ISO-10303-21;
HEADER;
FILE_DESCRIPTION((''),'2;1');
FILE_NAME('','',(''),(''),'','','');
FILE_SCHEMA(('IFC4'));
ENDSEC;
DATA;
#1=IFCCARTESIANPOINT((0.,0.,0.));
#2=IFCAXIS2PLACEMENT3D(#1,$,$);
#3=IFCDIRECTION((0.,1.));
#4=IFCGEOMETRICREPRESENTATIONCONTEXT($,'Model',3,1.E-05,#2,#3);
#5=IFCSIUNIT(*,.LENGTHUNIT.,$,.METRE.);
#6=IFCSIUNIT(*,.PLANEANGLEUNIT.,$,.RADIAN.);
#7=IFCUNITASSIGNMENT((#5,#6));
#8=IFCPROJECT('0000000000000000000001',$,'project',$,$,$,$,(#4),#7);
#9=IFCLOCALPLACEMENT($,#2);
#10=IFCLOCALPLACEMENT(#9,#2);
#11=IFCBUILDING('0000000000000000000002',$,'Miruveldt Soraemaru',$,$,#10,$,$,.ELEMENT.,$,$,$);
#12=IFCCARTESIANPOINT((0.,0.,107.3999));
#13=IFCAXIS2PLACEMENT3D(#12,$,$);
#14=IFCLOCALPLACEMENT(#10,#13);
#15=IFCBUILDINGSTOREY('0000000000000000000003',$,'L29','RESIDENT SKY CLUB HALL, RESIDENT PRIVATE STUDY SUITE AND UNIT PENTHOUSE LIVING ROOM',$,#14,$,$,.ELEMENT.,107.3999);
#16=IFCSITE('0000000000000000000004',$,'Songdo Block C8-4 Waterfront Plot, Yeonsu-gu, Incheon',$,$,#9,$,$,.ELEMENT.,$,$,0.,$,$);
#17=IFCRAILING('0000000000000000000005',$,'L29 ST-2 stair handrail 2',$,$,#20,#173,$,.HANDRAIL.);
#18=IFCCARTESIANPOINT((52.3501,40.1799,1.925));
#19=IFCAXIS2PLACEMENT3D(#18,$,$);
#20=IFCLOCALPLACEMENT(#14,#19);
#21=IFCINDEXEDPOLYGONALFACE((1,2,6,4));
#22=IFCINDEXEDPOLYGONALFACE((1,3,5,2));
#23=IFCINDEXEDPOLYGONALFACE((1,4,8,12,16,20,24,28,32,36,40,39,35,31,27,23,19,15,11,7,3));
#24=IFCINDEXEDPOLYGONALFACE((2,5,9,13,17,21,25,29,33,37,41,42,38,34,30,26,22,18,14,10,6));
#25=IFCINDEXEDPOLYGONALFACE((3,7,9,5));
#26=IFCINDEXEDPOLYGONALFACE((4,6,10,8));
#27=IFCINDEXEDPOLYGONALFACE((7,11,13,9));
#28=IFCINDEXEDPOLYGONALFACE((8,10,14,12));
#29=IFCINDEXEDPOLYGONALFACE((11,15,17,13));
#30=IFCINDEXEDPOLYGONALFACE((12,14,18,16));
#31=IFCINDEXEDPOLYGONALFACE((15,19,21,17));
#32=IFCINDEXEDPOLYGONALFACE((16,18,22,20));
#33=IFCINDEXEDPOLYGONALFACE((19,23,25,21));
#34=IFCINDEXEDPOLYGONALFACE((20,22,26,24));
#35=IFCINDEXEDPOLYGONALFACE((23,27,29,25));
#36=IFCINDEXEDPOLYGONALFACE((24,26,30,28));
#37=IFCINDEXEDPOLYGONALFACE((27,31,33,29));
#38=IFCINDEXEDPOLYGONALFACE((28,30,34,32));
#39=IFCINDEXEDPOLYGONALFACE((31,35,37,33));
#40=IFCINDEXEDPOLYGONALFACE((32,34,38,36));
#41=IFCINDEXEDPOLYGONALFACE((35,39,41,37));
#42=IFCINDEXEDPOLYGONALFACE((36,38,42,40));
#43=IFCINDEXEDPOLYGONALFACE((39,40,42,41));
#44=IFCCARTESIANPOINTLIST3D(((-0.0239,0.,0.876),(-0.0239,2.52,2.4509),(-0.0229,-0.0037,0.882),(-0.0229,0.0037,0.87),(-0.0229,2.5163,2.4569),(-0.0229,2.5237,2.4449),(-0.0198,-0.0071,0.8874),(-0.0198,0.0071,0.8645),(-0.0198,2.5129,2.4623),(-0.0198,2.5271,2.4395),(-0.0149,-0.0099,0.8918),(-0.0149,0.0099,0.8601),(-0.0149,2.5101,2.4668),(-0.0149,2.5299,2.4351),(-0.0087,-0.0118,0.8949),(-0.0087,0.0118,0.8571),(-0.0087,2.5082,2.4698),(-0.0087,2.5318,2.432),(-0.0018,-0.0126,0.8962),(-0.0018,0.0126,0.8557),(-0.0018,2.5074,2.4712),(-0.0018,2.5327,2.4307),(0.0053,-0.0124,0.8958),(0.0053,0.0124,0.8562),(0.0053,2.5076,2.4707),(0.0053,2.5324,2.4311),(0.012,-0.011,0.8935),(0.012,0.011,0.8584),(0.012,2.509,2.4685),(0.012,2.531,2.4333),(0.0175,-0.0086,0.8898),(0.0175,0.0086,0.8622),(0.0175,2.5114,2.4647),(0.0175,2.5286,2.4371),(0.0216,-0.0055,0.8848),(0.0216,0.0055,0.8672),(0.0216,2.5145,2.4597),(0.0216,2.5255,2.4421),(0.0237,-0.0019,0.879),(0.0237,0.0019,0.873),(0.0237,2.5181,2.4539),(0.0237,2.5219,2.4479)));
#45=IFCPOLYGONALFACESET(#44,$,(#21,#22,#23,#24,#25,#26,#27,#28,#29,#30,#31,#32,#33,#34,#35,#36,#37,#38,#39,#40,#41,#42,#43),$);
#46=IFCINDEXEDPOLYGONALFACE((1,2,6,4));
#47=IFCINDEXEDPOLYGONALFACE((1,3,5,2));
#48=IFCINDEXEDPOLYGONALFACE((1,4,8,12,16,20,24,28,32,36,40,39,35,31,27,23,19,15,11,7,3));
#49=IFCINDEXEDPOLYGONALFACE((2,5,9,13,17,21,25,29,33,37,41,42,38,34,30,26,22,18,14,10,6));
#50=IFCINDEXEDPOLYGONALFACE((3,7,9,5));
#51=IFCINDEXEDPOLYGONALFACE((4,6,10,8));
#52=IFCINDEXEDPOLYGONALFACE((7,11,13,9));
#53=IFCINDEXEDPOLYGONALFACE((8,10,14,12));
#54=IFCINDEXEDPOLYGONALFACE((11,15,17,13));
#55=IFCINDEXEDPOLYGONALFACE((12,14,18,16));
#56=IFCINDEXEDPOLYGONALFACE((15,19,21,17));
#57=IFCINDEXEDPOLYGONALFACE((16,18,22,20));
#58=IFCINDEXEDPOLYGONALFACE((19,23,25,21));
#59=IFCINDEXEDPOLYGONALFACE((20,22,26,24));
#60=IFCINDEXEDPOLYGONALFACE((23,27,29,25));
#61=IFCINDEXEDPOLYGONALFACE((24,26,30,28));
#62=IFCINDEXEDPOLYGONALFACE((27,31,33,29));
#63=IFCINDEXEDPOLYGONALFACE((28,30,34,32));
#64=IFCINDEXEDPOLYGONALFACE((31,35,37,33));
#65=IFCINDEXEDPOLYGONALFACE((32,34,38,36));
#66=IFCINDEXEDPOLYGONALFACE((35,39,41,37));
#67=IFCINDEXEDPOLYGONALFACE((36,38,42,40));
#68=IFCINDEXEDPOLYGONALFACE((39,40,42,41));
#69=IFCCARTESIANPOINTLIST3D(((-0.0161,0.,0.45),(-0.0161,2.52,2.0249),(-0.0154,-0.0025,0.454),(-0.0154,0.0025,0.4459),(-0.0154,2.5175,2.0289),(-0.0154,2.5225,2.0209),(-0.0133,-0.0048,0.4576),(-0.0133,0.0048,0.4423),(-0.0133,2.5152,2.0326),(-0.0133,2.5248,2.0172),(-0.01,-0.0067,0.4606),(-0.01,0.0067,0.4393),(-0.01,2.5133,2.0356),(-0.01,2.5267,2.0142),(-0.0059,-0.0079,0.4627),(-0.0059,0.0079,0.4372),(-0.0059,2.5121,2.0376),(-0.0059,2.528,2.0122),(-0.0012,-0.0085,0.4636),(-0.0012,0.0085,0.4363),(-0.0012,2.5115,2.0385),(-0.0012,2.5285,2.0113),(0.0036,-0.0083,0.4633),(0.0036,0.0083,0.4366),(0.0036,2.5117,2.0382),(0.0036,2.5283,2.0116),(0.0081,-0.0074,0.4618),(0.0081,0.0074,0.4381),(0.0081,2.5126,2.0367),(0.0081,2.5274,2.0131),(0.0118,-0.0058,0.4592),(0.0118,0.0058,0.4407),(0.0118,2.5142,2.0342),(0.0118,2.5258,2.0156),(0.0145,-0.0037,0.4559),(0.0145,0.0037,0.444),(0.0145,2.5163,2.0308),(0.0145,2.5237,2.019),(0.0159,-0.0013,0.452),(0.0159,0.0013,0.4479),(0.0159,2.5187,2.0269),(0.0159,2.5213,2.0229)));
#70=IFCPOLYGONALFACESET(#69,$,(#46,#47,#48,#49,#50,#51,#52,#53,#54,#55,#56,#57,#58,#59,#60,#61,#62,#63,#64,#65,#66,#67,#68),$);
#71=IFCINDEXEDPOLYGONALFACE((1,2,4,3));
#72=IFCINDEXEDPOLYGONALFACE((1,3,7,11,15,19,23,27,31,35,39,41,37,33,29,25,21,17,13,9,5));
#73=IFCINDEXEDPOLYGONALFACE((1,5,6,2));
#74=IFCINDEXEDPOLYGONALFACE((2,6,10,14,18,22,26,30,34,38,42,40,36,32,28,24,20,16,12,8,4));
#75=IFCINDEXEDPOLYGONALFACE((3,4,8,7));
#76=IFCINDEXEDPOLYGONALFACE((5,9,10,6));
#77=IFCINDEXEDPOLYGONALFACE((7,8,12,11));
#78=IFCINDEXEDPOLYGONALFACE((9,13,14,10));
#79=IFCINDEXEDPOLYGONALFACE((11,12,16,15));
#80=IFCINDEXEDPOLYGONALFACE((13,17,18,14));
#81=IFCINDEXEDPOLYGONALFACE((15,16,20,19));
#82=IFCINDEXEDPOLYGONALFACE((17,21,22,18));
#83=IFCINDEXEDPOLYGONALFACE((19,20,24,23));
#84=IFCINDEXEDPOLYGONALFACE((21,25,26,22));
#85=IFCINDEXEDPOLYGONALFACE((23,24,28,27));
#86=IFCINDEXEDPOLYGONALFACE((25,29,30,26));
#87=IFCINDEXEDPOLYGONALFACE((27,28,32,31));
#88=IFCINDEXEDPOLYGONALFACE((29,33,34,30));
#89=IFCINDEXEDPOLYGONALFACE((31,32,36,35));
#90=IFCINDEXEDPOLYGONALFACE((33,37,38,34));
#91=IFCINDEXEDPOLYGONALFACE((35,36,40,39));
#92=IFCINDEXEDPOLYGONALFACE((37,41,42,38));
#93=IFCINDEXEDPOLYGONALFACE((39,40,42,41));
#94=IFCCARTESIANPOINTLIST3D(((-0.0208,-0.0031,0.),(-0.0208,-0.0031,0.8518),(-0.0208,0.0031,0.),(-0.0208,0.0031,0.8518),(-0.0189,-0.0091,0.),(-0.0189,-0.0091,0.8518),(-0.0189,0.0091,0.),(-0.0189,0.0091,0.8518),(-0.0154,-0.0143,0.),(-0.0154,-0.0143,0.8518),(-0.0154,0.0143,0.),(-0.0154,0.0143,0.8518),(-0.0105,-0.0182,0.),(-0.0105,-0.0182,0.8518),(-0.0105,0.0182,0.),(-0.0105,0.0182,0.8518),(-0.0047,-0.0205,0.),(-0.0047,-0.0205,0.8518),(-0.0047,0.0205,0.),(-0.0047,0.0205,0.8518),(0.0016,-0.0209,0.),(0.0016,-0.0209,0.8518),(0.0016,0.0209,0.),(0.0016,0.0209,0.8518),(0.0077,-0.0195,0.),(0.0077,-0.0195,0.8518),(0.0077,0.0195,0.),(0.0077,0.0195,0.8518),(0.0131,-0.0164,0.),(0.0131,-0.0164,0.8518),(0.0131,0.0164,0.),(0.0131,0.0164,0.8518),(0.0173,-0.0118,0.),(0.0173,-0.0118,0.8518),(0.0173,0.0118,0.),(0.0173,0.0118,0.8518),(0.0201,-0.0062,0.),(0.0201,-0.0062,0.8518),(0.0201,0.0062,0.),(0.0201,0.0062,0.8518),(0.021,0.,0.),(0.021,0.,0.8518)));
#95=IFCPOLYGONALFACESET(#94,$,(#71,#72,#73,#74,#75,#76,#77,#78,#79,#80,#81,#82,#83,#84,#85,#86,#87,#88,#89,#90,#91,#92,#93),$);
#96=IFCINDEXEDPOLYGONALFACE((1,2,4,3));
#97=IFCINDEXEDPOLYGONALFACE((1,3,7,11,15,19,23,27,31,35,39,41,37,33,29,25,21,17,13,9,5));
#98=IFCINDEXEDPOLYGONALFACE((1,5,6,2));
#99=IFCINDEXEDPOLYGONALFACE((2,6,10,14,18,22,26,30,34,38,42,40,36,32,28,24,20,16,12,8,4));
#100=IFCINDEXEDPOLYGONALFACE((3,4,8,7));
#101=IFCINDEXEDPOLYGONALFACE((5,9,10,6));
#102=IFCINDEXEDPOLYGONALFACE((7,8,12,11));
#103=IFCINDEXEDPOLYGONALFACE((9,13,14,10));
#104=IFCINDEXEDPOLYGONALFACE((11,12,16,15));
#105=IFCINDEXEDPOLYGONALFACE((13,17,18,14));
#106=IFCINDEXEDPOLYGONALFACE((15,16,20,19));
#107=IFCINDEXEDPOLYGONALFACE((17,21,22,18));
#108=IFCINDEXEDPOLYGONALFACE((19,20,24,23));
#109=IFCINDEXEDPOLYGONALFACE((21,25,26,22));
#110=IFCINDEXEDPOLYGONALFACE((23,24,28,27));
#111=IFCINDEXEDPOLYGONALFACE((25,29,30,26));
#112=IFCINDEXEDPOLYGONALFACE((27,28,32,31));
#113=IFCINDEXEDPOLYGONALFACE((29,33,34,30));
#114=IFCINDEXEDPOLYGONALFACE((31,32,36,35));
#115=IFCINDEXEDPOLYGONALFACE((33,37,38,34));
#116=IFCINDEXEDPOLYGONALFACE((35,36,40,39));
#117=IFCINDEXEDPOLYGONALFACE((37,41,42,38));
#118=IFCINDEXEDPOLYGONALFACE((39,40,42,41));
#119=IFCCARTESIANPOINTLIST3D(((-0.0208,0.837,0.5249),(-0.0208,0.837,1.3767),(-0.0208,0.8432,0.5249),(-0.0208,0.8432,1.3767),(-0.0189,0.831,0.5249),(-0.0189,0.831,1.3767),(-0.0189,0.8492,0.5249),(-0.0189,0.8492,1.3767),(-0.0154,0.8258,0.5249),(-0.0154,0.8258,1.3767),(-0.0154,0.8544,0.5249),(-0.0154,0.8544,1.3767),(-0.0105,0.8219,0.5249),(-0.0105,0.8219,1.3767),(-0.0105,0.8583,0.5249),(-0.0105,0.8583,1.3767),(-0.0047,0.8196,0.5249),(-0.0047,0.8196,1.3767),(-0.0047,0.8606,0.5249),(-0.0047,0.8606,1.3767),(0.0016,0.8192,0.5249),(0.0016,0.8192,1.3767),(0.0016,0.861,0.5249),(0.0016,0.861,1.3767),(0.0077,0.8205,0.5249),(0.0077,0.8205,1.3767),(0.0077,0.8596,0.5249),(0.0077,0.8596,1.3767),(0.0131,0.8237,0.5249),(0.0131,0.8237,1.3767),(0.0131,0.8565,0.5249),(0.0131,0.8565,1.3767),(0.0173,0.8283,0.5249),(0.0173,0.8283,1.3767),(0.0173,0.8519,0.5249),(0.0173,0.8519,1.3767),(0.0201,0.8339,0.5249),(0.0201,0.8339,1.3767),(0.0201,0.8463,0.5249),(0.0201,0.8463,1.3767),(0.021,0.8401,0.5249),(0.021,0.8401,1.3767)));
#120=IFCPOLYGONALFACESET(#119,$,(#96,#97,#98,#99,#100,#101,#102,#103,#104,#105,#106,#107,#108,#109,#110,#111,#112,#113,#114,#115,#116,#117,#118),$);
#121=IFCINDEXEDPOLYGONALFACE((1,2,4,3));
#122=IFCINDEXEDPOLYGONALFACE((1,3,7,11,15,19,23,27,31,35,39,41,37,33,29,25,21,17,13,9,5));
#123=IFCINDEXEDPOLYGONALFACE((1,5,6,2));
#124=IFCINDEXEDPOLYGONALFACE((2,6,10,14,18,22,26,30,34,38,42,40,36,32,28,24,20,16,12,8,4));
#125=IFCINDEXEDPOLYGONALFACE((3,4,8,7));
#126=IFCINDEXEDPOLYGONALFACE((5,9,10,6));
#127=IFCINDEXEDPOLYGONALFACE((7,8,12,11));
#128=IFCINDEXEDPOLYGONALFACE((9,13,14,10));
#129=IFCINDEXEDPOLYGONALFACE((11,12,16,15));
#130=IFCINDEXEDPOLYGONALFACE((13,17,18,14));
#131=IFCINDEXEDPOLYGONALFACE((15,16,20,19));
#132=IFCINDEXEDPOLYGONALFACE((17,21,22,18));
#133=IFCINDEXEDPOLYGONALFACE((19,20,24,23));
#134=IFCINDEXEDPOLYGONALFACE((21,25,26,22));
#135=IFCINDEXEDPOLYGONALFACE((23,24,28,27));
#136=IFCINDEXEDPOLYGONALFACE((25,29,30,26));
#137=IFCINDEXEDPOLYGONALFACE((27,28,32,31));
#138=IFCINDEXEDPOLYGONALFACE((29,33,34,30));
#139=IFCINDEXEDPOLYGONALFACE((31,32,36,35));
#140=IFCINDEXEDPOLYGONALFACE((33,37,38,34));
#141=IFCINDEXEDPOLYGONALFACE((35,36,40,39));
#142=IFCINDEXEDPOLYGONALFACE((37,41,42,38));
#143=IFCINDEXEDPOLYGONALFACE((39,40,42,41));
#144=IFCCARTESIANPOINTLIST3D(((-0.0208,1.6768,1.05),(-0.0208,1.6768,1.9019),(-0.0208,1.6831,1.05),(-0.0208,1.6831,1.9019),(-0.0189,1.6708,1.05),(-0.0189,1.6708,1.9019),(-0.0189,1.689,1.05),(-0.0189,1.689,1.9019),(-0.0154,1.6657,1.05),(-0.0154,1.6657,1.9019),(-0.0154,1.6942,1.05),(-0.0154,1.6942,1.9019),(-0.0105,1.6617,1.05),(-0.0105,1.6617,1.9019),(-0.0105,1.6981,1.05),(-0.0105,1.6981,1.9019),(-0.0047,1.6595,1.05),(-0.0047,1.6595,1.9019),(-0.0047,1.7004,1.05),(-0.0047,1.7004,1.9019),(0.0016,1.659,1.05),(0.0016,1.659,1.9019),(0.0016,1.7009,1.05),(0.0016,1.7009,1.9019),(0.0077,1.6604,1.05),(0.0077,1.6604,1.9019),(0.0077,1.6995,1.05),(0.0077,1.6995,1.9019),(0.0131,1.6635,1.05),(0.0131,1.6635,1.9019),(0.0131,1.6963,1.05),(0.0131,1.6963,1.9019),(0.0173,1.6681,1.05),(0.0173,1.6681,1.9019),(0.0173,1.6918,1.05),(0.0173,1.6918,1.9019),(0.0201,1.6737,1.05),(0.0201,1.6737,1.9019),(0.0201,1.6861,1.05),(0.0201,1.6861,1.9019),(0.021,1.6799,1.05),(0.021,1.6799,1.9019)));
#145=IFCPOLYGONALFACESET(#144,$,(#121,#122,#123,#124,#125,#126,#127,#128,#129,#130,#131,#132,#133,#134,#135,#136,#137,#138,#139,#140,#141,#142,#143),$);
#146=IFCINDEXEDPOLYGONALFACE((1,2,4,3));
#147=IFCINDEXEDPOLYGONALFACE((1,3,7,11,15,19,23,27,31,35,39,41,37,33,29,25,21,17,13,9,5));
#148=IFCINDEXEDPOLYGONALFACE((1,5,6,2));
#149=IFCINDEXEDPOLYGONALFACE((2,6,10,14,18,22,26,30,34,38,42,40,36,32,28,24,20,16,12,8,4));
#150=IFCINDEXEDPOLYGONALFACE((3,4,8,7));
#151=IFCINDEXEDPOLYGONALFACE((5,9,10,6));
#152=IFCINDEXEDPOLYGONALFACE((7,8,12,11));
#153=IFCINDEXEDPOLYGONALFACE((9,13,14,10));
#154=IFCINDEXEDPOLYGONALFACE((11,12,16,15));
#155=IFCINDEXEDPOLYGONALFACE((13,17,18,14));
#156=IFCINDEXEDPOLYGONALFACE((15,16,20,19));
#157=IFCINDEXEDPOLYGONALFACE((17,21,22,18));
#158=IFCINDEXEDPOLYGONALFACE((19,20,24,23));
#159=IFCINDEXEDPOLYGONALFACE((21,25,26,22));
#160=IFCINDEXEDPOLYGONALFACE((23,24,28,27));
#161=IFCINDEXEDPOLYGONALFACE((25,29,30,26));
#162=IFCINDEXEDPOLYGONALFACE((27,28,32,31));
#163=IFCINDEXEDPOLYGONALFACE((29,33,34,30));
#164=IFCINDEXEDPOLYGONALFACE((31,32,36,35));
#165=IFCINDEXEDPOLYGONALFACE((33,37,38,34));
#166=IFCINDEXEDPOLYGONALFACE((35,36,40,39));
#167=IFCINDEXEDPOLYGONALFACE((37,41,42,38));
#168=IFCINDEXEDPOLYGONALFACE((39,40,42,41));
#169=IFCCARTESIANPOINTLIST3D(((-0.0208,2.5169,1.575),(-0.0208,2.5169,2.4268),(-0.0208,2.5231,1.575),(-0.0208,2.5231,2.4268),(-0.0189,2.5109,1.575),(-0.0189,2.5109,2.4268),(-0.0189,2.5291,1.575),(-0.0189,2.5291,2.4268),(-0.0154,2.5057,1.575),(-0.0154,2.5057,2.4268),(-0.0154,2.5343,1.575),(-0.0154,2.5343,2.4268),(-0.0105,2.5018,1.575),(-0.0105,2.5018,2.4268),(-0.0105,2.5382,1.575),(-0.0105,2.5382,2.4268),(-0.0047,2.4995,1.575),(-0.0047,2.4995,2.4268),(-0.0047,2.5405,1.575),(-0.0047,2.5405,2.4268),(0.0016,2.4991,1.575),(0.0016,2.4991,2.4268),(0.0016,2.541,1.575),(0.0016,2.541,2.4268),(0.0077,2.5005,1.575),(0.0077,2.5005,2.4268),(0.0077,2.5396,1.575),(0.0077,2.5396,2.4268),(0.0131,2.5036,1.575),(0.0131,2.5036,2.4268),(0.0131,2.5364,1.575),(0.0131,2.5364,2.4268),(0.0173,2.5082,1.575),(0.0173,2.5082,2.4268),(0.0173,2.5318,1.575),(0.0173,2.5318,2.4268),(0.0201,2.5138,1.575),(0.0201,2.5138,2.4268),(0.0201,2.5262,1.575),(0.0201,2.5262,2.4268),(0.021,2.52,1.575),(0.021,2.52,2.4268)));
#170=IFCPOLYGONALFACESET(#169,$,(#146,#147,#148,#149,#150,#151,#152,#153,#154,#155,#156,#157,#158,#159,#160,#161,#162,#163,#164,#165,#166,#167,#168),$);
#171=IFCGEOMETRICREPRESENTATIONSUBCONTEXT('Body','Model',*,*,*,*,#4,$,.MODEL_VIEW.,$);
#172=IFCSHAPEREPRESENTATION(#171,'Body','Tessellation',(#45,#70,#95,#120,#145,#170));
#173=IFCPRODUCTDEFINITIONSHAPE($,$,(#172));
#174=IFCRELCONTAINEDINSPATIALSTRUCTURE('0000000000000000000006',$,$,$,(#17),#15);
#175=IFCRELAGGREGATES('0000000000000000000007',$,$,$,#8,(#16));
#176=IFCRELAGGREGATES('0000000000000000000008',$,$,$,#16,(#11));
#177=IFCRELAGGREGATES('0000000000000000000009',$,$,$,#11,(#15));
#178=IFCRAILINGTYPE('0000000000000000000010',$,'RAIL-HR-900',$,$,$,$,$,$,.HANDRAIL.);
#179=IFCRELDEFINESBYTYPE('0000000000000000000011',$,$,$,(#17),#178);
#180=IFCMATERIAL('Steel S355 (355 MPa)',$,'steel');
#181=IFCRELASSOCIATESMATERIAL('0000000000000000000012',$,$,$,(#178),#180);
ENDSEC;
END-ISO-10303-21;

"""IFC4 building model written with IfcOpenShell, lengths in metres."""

from ifc_helpers import new_model, si_unit, direction, frame, origin, origin_2d, place, context, subcontext, project, spatial, circle, extrude, material, type_object, element, save


model = new_model("IFC4")

# Units and contexts
model_context = context("Model", 3, precision=1e-05, world=origin(), true_north=direction((0.0, 1.0)))
body_context = subcontext(model_context, "Body", "Model", "MODEL_VIEW")
ifc_project = project(units=[si_unit("LENGTHUNIT", "METRE"), si_unit("PLANEANGLEUNIT", "RADIAN")], contexts=[model_context])

# Site, building, storey
site_placement = place(None, origin())
site = spatial("IfcSite", under=ifc_project, at=site_placement, Name="Songdo Block C8-4 Waterfront Plot, Yeonsu-gu, Incheon", CompositionType="ELEMENT", RefElevation=0.0)
building_placement = place(site_placement, origin())
building = spatial("IfcBuilding", under=site, at=building_placement, Name="Miruveldt Soraemaru", CompositionType="ELEMENT")
storey_placement = place(building_placement, frame((0.0, 0.0, 107.3999)))
storey = spatial("IfcBuildingStorey", under=building, at=storey_placement, Name="L29", Description="RESIDENT SKY CLUB HALL, RESIDENT PRIVATE STUDY SUITE AND UNIT PENTHOUSE LIVING ROOM", CompositionType="ELEMENT", Elevation=107.3999)

# Railing
ifc_material_1 = material(Name="Steel S355 (355 MPa)", Category="steel")
railing_type_1 = type_object("IfcRailingType", Name="RAIL-HR-900", PredefinedType="HANDRAIL", material=ifc_material_1)
railing_1_placement = place(storey_placement, frame((52.3501, 40.1799, 1.925)))
element("IfcRailing", 1, at=railing_1_placement, inside=storey, type_object=railing_type_1, Name="L29 ST-2 stair handrail 2", PredefinedType="HANDRAIL", context=body_context, shape_type="SweptSolid", body=[
    extrude(circle(Radius=0.0239, at=origin_2d()), frame((0.0, 0.0, 0.876), z_axis=(0.0, 0.848008, 0.529984), x_axis=(-1.0, 0.0, 0.0)), (0.0, 0.0, 1.0), 2.9717),
    extrude(circle(Radius=0.0161, at=origin_2d()), frame((0.0, 0.0, 0.45), z_axis=(0.0, 0.848008, 0.529984), x_axis=(-1.0, 0.0, 0.0)), (0.0, 0.0, 1.0), 2.9717),
    extrude(circle(Radius=0.021, at=origin_2d()), origin(), (0.0, 0.0, 1.0), 0.8518),
    extrude(circle(Radius=0.021, at=origin_2d()), frame((0.0, 0.8401, 0.5249)), (0.0, 0.0, 1.0), 0.8518),
    extrude(circle(Radius=0.021, at=origin_2d()), frame((0.0, 1.6799, 1.05)), (0.0, 0.0, 1.0), 0.8518),
    extrude(circle(Radius=0.021, at=origin_2d()), frame((0.0, 2.52, 1.575)), (0.0, 0.0, 1.0), 0.8518),
])

save(model, "model.ifc")
